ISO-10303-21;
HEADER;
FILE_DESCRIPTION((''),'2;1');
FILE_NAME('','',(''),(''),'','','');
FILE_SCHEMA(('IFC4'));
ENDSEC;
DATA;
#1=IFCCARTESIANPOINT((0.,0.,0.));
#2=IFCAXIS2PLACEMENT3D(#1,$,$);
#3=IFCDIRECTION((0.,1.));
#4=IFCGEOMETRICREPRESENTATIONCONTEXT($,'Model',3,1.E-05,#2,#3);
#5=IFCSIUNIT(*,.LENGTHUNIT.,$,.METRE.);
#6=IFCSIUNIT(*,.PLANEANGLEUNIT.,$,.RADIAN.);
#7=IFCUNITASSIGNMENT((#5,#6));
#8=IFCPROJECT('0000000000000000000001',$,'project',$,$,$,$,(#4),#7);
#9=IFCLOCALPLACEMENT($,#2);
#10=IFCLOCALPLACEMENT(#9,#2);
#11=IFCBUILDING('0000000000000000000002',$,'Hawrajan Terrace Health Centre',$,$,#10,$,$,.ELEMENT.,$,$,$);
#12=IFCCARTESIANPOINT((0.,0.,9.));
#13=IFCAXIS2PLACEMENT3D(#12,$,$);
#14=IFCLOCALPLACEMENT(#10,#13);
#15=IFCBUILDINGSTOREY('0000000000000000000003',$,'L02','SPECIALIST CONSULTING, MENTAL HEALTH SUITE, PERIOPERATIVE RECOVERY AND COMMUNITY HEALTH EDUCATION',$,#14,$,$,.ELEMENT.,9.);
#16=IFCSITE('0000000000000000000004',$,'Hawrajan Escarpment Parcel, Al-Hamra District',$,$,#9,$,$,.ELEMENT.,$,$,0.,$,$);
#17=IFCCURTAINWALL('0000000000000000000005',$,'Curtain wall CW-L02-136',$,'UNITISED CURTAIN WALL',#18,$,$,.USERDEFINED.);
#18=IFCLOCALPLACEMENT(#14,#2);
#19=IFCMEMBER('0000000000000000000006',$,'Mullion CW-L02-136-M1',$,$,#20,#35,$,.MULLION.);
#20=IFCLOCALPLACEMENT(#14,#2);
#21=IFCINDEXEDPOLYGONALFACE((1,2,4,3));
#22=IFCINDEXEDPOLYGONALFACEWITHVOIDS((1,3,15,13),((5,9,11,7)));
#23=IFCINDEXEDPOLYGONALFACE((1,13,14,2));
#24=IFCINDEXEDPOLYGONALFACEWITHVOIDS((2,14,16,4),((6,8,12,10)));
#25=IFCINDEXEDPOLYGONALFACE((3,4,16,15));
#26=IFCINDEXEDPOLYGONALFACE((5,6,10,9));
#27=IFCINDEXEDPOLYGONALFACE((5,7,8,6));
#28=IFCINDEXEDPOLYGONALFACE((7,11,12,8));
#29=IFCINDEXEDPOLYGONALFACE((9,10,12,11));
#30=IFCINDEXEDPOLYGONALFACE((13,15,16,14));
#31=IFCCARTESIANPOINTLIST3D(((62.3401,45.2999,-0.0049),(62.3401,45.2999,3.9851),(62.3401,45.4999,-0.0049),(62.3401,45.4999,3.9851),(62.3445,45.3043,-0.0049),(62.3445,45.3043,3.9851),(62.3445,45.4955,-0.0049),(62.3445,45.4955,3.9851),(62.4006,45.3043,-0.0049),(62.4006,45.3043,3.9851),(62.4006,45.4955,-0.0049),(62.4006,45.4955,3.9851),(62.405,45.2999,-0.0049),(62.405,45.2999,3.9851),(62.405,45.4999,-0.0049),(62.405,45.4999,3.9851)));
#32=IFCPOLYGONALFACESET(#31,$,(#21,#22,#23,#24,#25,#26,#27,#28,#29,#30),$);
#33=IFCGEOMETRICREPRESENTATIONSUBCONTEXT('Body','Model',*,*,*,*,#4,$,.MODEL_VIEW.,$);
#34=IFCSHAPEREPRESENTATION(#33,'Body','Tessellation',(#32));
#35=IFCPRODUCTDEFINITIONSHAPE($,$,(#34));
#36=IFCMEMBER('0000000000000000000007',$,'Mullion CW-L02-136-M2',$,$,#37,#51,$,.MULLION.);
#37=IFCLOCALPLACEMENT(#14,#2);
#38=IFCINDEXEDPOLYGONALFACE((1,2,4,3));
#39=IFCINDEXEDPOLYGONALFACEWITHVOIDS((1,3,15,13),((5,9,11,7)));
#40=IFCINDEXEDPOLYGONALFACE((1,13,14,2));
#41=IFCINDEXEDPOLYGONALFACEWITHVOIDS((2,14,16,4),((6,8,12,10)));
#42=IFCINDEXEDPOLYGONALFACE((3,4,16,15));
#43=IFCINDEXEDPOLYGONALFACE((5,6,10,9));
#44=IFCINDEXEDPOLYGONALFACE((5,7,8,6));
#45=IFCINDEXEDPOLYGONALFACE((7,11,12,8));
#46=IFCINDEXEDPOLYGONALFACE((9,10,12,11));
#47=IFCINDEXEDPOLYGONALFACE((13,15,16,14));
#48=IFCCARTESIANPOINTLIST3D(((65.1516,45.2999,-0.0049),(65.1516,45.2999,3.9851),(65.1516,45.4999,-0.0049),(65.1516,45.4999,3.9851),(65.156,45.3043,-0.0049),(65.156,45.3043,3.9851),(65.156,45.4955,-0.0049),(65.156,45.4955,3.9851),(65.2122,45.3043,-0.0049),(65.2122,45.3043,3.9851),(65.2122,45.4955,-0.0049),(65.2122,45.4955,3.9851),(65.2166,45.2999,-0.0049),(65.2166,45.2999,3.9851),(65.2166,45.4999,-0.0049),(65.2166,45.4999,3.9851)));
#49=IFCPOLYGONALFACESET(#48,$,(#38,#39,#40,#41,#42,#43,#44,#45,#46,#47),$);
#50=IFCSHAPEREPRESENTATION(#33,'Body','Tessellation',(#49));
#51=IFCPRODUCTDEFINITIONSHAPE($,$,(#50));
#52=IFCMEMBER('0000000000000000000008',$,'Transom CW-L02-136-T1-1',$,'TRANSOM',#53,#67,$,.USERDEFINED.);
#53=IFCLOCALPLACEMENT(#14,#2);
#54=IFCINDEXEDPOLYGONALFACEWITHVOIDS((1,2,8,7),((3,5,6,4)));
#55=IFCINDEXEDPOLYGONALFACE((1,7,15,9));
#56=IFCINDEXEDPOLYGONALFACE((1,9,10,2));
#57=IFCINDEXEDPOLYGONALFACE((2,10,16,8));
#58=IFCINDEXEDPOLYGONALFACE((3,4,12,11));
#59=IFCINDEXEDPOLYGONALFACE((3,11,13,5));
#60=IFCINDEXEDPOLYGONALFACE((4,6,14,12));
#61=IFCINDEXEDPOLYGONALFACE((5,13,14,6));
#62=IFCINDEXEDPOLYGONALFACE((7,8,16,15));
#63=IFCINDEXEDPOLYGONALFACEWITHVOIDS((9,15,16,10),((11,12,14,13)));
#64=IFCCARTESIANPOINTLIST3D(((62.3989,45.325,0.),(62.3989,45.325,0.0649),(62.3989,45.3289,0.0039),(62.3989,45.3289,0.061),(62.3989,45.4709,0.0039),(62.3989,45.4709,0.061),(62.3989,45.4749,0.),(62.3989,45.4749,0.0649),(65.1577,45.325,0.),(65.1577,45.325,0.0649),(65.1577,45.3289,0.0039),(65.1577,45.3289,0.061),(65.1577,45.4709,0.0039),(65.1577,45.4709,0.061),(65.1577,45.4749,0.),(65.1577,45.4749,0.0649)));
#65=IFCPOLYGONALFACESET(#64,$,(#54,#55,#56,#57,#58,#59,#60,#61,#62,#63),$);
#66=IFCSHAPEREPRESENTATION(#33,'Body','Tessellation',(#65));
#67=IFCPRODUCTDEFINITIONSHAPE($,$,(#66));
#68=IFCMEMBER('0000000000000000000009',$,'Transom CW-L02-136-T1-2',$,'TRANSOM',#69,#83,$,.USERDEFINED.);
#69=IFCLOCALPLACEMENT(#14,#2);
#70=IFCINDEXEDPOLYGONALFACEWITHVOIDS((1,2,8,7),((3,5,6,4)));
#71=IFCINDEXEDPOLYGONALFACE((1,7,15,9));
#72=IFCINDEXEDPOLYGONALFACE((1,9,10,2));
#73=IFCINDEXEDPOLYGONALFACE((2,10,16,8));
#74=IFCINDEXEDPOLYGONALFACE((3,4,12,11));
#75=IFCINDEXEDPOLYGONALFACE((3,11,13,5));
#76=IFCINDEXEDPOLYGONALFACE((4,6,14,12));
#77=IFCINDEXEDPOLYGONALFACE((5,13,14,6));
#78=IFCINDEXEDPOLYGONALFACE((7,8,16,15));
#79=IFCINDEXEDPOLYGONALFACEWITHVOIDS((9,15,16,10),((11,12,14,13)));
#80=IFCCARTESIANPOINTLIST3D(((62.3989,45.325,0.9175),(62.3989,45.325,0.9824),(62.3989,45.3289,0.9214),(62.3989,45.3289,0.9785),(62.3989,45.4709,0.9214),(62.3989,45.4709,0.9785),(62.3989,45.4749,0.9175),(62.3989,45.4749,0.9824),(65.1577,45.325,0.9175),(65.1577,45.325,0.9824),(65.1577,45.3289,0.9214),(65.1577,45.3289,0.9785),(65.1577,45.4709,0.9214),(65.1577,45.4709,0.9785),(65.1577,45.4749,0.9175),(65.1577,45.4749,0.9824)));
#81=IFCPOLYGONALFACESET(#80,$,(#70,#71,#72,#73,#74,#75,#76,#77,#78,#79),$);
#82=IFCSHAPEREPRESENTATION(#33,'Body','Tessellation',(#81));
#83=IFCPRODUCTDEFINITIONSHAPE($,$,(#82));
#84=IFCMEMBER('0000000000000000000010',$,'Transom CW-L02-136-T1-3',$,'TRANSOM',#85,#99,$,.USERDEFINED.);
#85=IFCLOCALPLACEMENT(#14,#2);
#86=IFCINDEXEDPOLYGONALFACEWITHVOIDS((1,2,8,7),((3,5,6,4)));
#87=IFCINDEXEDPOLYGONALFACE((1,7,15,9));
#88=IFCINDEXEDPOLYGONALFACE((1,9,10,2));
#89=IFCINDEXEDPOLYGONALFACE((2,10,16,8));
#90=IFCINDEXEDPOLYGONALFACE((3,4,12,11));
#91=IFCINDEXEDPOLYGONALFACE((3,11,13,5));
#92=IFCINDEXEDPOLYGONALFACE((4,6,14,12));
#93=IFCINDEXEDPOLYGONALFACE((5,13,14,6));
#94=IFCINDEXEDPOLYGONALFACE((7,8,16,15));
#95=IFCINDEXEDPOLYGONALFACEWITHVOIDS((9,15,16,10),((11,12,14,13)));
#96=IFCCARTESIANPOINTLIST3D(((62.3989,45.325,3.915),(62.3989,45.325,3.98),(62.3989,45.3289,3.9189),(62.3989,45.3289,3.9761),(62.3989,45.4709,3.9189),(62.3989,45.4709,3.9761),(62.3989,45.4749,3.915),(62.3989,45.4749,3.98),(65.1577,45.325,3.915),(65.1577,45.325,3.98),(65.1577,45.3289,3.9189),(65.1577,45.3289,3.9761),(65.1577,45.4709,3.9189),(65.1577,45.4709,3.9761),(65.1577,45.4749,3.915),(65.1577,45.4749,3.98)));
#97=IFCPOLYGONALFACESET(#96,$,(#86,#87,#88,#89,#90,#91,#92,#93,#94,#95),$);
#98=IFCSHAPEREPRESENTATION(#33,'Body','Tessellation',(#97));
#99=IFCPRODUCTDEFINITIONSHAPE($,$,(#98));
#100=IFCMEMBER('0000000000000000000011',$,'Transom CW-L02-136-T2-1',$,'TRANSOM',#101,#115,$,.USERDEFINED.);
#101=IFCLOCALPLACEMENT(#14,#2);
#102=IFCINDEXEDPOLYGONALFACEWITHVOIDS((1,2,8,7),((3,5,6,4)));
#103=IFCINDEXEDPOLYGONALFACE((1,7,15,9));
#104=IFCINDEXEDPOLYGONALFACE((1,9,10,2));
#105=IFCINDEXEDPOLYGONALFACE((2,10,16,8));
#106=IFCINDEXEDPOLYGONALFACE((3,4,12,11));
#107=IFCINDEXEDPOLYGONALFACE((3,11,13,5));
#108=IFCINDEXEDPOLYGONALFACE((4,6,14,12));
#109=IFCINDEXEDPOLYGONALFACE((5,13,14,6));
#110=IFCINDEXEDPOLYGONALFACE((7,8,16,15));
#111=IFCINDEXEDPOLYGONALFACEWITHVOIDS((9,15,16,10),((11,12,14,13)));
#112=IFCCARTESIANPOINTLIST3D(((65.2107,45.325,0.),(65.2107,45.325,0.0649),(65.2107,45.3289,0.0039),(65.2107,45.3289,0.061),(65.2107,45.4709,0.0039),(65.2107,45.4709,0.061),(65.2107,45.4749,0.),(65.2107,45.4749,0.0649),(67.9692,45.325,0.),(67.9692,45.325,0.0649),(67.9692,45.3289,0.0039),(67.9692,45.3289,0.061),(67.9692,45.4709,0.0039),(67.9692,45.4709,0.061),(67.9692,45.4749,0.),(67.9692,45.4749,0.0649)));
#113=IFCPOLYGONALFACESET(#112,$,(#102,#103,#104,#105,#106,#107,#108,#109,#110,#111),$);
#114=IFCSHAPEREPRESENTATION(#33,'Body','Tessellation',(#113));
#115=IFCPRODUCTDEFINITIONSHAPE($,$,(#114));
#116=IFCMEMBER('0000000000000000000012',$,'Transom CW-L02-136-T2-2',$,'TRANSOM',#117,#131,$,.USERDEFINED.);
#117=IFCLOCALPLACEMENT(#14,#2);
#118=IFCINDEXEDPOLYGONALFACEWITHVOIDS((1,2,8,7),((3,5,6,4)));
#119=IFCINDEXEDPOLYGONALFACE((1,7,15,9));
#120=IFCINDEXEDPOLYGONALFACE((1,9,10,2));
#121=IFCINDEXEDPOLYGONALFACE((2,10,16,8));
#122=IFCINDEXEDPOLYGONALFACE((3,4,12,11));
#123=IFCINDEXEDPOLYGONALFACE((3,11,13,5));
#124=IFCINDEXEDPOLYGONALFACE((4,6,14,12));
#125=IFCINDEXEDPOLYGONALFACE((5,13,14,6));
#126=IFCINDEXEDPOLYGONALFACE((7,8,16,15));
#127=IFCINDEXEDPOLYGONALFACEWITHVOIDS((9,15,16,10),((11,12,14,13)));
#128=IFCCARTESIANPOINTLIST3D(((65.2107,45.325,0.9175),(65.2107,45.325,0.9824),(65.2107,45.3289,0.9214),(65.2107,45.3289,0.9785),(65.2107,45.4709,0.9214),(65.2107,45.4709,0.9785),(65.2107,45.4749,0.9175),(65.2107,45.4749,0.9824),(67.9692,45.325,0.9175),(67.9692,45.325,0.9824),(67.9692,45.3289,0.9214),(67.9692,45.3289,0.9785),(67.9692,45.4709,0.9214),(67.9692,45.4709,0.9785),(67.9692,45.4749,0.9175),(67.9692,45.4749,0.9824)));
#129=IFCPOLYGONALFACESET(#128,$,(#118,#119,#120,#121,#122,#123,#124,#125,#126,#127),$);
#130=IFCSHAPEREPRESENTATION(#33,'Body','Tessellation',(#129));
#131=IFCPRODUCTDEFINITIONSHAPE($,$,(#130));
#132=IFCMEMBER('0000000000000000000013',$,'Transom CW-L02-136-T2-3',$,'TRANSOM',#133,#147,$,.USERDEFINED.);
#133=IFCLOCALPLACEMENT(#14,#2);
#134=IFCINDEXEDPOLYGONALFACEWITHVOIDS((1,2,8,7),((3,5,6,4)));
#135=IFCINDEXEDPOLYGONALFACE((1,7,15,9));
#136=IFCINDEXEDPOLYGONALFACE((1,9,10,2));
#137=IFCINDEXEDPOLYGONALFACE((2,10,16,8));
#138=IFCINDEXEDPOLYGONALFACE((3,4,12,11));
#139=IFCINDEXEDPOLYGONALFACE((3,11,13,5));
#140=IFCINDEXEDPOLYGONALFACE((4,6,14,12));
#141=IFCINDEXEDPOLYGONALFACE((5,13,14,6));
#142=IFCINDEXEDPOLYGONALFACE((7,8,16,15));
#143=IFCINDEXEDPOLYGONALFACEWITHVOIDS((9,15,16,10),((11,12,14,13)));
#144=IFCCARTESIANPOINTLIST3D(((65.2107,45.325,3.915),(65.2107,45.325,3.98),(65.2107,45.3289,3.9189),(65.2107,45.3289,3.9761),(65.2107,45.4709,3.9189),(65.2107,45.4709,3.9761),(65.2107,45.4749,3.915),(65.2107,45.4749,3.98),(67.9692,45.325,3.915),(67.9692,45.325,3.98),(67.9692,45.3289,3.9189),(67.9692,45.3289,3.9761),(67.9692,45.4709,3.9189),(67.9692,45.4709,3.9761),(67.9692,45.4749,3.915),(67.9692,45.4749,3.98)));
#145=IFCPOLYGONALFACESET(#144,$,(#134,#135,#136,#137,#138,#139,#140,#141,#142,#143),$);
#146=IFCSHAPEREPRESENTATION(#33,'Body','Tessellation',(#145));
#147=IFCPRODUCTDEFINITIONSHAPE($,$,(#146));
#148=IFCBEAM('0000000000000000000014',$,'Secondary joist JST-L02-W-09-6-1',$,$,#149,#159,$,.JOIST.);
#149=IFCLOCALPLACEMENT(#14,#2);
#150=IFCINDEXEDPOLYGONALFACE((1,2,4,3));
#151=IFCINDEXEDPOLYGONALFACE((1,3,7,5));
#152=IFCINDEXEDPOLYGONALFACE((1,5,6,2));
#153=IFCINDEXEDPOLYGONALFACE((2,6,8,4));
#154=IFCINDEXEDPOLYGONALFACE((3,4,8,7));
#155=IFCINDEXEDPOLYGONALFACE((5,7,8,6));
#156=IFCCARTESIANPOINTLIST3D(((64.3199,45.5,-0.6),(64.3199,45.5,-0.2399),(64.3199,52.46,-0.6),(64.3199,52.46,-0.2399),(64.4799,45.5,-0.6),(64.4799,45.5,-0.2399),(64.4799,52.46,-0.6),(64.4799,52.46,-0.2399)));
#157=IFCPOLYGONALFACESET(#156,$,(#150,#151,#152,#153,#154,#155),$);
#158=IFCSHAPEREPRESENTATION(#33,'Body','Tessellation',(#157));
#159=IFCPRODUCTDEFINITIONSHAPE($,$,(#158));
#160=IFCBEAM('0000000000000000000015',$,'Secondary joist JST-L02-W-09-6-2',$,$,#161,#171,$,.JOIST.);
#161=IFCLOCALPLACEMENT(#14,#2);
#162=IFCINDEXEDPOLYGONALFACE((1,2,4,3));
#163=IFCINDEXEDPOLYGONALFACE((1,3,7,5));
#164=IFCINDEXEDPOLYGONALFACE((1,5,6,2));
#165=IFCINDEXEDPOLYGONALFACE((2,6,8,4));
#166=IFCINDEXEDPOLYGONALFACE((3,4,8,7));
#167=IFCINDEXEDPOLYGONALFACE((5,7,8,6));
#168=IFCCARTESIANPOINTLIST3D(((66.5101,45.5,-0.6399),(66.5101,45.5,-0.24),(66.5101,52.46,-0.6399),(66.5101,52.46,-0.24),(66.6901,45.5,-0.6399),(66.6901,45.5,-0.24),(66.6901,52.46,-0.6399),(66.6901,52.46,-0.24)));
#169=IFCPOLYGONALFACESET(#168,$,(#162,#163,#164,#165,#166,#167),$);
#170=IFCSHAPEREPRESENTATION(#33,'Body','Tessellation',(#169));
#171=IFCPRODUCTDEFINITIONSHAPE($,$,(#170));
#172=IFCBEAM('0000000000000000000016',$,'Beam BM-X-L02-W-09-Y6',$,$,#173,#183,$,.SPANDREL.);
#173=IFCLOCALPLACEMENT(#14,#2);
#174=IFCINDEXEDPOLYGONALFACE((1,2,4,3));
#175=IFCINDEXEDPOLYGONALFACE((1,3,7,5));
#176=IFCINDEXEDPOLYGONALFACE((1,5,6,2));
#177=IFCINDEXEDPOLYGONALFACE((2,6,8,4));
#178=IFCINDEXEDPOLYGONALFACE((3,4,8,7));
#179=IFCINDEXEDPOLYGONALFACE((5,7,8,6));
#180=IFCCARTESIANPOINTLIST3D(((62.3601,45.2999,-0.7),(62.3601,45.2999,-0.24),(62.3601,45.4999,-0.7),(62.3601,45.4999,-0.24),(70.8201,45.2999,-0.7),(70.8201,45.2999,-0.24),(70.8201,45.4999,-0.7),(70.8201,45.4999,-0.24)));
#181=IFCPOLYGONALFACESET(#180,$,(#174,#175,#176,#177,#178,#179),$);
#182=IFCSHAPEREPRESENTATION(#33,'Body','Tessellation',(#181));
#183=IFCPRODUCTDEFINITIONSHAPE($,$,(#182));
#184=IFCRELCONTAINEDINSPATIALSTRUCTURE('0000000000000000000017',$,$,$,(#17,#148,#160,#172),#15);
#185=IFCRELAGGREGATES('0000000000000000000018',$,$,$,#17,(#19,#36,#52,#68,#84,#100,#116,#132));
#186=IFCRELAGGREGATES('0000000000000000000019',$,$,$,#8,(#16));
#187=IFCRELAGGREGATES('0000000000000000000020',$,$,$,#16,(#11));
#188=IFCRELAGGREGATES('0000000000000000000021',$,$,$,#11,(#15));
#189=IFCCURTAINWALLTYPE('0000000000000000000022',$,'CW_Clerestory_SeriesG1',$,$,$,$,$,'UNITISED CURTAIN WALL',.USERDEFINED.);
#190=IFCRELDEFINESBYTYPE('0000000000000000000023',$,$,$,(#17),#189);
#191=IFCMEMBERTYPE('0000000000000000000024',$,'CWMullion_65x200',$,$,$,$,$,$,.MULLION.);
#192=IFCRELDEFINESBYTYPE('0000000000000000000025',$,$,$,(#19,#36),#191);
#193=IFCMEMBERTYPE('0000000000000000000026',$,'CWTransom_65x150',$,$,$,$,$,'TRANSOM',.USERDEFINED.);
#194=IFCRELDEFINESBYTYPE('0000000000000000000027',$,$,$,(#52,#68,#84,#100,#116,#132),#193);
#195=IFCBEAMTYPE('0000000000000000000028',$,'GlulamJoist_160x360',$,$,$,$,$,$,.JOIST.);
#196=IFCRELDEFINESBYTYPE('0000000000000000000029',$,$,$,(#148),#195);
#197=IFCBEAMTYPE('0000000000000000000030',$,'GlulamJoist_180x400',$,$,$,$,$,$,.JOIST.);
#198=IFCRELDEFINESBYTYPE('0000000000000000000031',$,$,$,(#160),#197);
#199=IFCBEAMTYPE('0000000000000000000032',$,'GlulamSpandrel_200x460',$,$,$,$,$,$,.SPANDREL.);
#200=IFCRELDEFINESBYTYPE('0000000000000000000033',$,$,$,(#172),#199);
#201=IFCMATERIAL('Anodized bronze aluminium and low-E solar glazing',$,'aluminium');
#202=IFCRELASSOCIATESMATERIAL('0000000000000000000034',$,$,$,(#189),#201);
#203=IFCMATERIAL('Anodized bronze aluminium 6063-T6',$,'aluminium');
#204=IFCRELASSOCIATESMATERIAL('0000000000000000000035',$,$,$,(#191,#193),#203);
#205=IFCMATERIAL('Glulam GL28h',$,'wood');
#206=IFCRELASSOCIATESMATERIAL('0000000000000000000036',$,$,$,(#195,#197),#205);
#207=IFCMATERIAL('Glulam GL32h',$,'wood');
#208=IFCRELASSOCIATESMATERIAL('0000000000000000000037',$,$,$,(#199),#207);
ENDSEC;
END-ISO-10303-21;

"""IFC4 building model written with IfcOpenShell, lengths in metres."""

from ifc_helpers import new_model, si_unit, direction, frame, origin, origin_2d, place, context, subcontext, project, spatial, rectangle, hollow_rectangle, extrude, material, material_profile, profile_set, type_object, element, aggregate, save


model = new_model("IFC4")

# Units and contexts
model_context = context("Model", 3, precision=1e-05, world=origin(), true_north=direction((0.0, 1.0)))
body_context = subcontext(model_context, "Body", "Model", "MODEL_VIEW")
ifc_project = project(units=[si_unit("LENGTHUNIT", "METRE"), si_unit("PLANEANGLEUNIT", "RADIAN")], contexts=[model_context])

# Site, building, storey
site_placement = place(None, origin())
site = spatial("IfcSite", under=ifc_project, at=site_placement, Name="Hawrajan Escarpment Parcel, Al-Hamra District", CompositionType="ELEMENT", RefElevation=0.0)
building_placement = place(site_placement, origin())
building = spatial("IfcBuilding", under=site, at=building_placement, Name="Hawrajan Terrace Health Centre", CompositionType="ELEMENT")
storey_placement = place(building_placement, frame((0.0, 0.0, 9.0)))
storey = spatial("IfcBuildingStorey", under=building, at=storey_placement, Name="L02", Description="SPECIALIST CONSULTING, MENTAL HEALTH SUITE, PERIOPERATIVE RECOVERY AND COMMUNITY HEALTH EDUCATION", CompositionType="ELEMENT", Elevation=9.0)

# Curtain wall, members
ifc_material_1 = material(Name="Anodized bronze aluminium and low-E solar glazing", Category="aluminium")
curtain_wall_type = type_object("IfcCurtainWallType", Name="CW_Clerestory_SeriesG1", ElementType="UNITISED CURTAIN WALL", PredefinedType="USERDEFINED", material=ifc_material_1)
curtain_wall_placement = place(storey_placement, origin())
curtain_wall = element("IfcCurtainWall", 1, at=curtain_wall_placement, inside=storey, type_object=curtain_wall_type, Name="Curtain wall CW-L02-136", ObjectType="UNITISED CURTAIN WALL", PredefinedType="USERDEFINED")
ifc_material_2 = material(Name="Anodized bronze aluminium 6063-T6", Category="aluminium")
ifc_material_profile_1 = material_profile(ifc_material_2, hollow_rectangle(XDim=0.0649, YDim=0.2, WallThickness=0.0044, at=origin_2d()), Name="CW MUL 65x200")
ifc_profile_set_1 = profile_set([ifc_material_profile_1], Name="Anodized bronze aluminium 6063-T6")
member_type_1 = type_object("IfcMemberType", Name="CWMullion_65x200", PredefinedType="MULLION", material=ifc_profile_set_1)
member_1_placement = place(storey_placement, frame((62.3726, 45.3999, -0.0049), z_axis=(0.0, 0.0, 1.0), x_axis=(1.0, 0.0, 0.0)))
member_1 = element("IfcMember", 2, at=member_1_placement, type_object=member_type_1, Name="Mullion CW-L02-136-M1", PredefinedType="MULLION", context=body_context, shape_type="SweptSolid", body=[
    extrude(hollow_rectangle(XDim=0.0649, YDim=0.2, WallThickness=0.0044, at=origin_2d()), origin(), (0.0, 0.0, 1.0), 3.99),
])
member_2_placement = place(storey_placement, frame((65.1841, 45.3999, -0.0049), z_axis=(0.0, 0.0, 1.0), x_axis=(1.0, 0.0, 0.0)))
member_2 = element("IfcMember", 3, at=member_2_placement, type_object=member_type_1, Name="Mullion CW-L02-136-M2", PredefinedType="MULLION", context=body_context, shape_type="SweptSolid", body=[
    extrude(hollow_rectangle(XDim=0.0649, YDim=0.2, WallThickness=0.0044, at=origin_2d()), origin(), (0.0, 0.0, 1.0), 3.99),
])
ifc_material_profile_2 = material_profile(ifc_material_2, hollow_rectangle(XDim=0.0649, YDim=0.1499, WallThickness=0.0039, at=origin_2d()), Name="CW TRN 65x150")
ifc_profile_set_2 = profile_set([ifc_material_profile_2], Name="Anodized bronze aluminium 6063-T6")
member_type_2 = type_object("IfcMemberType", Name="CWTransom_65x150", ElementType="TRANSOM", PredefinedType="USERDEFINED", material=ifc_profile_set_2)
member_3_placement = place(storey_placement, frame((62.3989, 45.3999, 0.0325), z_axis=(1.0, 0.0, 0.0), x_axis=(0.0, 0.0, 1.0)))
member_3 = element("IfcMember", 4, at=member_3_placement, type_object=member_type_2, Name="Transom CW-L02-136-T1-1", ObjectType="TRANSOM", PredefinedType="USERDEFINED", context=body_context, shape_type="SweptSolid", body=[
    extrude(hollow_rectangle(XDim=0.0649, YDim=0.1499, WallThickness=0.0039, at=origin_2d()), origin(), (0.0, 0.0, 1.0), 2.7588),
])
member_4_placement = place(storey_placement, frame((62.3989, 45.3999, 0.95), z_axis=(1.0, 0.0, 0.0), x_axis=(0.0, 0.0, 1.0)))
member_4 = element("IfcMember", 5, at=member_4_placement, type_object=member_type_2, Name="Transom CW-L02-136-T1-2", ObjectType="TRANSOM", PredefinedType="USERDEFINED", context=body_context, shape_type="SweptSolid", body=[
    extrude(hollow_rectangle(XDim=0.0649, YDim=0.1499, WallThickness=0.0039, at=origin_2d()), origin(), (0.0, 0.0, 1.0), 2.7588),
])
member_5_placement = place(storey_placement, frame((62.3989, 45.3999, 3.9475), z_axis=(1.0, 0.0, 0.0), x_axis=(0.0, 0.0, 1.0)))
member_5 = element("IfcMember", 6, at=member_5_placement, type_object=member_type_2, Name="Transom CW-L02-136-T1-3", ObjectType="TRANSOM", PredefinedType="USERDEFINED", context=body_context, shape_type="SweptSolid", body=[
    extrude(hollow_rectangle(XDim=0.0649, YDim=0.1499, WallThickness=0.0039, at=origin_2d()), origin(), (0.0, 0.0, 1.0), 2.7588),
])
member_6_placement = place(storey_placement, frame((65.2107, 45.3999, 0.0325), z_axis=(1.0, 0.0, 0.0), x_axis=(0.0, 0.0, 1.0)))
member_6 = element("IfcMember", 7, at=member_6_placement, type_object=member_type_2, Name="Transom CW-L02-136-T2-1", ObjectType="TRANSOM", PredefinedType="USERDEFINED", context=body_context, shape_type="SweptSolid", body=[
    extrude(hollow_rectangle(XDim=0.0649, YDim=0.1499, WallThickness=0.0039, at=origin_2d()), origin(), (0.0, 0.0, 1.0), 2.7585),
])
member_7_placement = place(storey_placement, frame((65.2107, 45.3999, 0.95), z_axis=(1.0, 0.0, 0.0), x_axis=(0.0, 0.0, 1.0)))
member_7 = element("IfcMember", 8, at=member_7_placement, type_object=member_type_2, Name="Transom CW-L02-136-T2-2", ObjectType="TRANSOM", PredefinedType="USERDEFINED", context=body_context, shape_type="SweptSolid", body=[
    extrude(hollow_rectangle(XDim=0.0649, YDim=0.1499, WallThickness=0.0039, at=origin_2d()), origin(), (0.0, 0.0, 1.0), 2.7585),
])
member_8_placement = place(storey_placement, frame((65.2107, 45.3999, 3.9475), z_axis=(1.0, 0.0, 0.0), x_axis=(0.0, 0.0, 1.0)))
member_8 = element("IfcMember", 9, at=member_8_placement, type_object=member_type_2, Name="Transom CW-L02-136-T2-3", ObjectType="TRANSOM", PredefinedType="USERDEFINED", context=body_context, shape_type="SweptSolid", body=[
    extrude(hollow_rectangle(XDim=0.0649, YDim=0.1499, WallThickness=0.0039, at=origin_2d()), origin(), (0.0, 0.0, 1.0), 2.7585),
])

# Beams
ifc_material_3 = material(Name="Glulam GL28h", Category="wood")
ifc_material_profile_3 = material_profile(ifc_material_3, rectangle(XDim=0.1599, YDim=0.3601, at=origin_2d()), Name="GL JST 160x360")
ifc_profile_set_3 = profile_set([ifc_material_profile_3], Name="Glulam GL28h")
beam_type_1 = type_object("IfcBeamType", Name="GlulamJoist_160x360", PredefinedType="JOIST", material=ifc_profile_set_3)
beam_1_placement = place(storey_placement, frame((64.3999, 45.5, -0.4199), z_axis=(0.0, 1.0, 0.0), x_axis=(-1.0, 0.0, 0.0)))
element("IfcBeam", 10, at=beam_1_placement, inside=storey, type_object=beam_type_1, Name="Secondary joist JST-L02-W-09-6-1", PredefinedType="JOIST", context=body_context, shape_type="SweptSolid", body=[
    extrude(rectangle(XDim=0.1599, YDim=0.3601, at=origin_2d()), origin(), (0.0, 0.0, 1.0), 6.96),
])
ifc_material_profile_4 = material_profile(ifc_material_3, rectangle(XDim=0.1799, YDim=0.3999, at=origin_2d()), Name="GL JST 180x400")
ifc_profile_set_4 = profile_set([ifc_material_profile_4], Name="Glulam GL28h")
beam_type_2 = type_object("IfcBeamType", Name="GlulamJoist_180x400", PredefinedType="JOIST", material=ifc_profile_set_4)
beam_2_placement = place(storey_placement, frame((66.6001, 45.5, -0.4399), z_axis=(0.0, 1.0, 0.0), x_axis=(-1.0, 0.0, 0.0)))
element("IfcBeam", 11, at=beam_2_placement, inside=storey, type_object=beam_type_2, Name="Secondary joist JST-L02-W-09-6-2", PredefinedType="JOIST", context=body_context, shape_type="SweptSolid", body=[
    extrude(rectangle(XDim=0.1799, YDim=0.3999, at=origin_2d()), origin(), (0.0, 0.0, 1.0), 6.96),
])
ifc_material_4 = material(Name="Glulam GL32h", Category="wood")
ifc_material_profile_5 = material_profile(ifc_material_4, rectangle(XDim=0.2, YDim=0.46, at=origin_2d()), Name="GL SP 200x460")
ifc_profile_set_5 = profile_set([ifc_material_profile_5], Name="Glulam GL32h")
beam_type_3 = type_object("IfcBeamType", Name="GlulamSpandrel_200x460", PredefinedType="SPANDREL", material=ifc_profile_set_5)
beam_3_placement = place(storey_placement, frame((62.3601, 45.3999, -0.47), z_axis=(1.0, 0.0, 0.0), x_axis=(0.0, 1.0, 0.0)))
element("IfcBeam", 12, at=beam_3_placement, inside=storey, type_object=beam_type_3, Name="Beam BM-X-L02-W-09-Y6", PredefinedType="SPANDREL", context=body_context, shape_type="SweptSolid", body=[
    extrude(rectangle(XDim=0.2, YDim=0.46, at=origin_2d()), origin(), (0.0, 0.0, 1.0), 8.46),
])

aggregate(curtain_wall, [member_1, member_2, member_3, member_4, member_5, member_6, member_7, member_8])

save(model, "model.ifc")
